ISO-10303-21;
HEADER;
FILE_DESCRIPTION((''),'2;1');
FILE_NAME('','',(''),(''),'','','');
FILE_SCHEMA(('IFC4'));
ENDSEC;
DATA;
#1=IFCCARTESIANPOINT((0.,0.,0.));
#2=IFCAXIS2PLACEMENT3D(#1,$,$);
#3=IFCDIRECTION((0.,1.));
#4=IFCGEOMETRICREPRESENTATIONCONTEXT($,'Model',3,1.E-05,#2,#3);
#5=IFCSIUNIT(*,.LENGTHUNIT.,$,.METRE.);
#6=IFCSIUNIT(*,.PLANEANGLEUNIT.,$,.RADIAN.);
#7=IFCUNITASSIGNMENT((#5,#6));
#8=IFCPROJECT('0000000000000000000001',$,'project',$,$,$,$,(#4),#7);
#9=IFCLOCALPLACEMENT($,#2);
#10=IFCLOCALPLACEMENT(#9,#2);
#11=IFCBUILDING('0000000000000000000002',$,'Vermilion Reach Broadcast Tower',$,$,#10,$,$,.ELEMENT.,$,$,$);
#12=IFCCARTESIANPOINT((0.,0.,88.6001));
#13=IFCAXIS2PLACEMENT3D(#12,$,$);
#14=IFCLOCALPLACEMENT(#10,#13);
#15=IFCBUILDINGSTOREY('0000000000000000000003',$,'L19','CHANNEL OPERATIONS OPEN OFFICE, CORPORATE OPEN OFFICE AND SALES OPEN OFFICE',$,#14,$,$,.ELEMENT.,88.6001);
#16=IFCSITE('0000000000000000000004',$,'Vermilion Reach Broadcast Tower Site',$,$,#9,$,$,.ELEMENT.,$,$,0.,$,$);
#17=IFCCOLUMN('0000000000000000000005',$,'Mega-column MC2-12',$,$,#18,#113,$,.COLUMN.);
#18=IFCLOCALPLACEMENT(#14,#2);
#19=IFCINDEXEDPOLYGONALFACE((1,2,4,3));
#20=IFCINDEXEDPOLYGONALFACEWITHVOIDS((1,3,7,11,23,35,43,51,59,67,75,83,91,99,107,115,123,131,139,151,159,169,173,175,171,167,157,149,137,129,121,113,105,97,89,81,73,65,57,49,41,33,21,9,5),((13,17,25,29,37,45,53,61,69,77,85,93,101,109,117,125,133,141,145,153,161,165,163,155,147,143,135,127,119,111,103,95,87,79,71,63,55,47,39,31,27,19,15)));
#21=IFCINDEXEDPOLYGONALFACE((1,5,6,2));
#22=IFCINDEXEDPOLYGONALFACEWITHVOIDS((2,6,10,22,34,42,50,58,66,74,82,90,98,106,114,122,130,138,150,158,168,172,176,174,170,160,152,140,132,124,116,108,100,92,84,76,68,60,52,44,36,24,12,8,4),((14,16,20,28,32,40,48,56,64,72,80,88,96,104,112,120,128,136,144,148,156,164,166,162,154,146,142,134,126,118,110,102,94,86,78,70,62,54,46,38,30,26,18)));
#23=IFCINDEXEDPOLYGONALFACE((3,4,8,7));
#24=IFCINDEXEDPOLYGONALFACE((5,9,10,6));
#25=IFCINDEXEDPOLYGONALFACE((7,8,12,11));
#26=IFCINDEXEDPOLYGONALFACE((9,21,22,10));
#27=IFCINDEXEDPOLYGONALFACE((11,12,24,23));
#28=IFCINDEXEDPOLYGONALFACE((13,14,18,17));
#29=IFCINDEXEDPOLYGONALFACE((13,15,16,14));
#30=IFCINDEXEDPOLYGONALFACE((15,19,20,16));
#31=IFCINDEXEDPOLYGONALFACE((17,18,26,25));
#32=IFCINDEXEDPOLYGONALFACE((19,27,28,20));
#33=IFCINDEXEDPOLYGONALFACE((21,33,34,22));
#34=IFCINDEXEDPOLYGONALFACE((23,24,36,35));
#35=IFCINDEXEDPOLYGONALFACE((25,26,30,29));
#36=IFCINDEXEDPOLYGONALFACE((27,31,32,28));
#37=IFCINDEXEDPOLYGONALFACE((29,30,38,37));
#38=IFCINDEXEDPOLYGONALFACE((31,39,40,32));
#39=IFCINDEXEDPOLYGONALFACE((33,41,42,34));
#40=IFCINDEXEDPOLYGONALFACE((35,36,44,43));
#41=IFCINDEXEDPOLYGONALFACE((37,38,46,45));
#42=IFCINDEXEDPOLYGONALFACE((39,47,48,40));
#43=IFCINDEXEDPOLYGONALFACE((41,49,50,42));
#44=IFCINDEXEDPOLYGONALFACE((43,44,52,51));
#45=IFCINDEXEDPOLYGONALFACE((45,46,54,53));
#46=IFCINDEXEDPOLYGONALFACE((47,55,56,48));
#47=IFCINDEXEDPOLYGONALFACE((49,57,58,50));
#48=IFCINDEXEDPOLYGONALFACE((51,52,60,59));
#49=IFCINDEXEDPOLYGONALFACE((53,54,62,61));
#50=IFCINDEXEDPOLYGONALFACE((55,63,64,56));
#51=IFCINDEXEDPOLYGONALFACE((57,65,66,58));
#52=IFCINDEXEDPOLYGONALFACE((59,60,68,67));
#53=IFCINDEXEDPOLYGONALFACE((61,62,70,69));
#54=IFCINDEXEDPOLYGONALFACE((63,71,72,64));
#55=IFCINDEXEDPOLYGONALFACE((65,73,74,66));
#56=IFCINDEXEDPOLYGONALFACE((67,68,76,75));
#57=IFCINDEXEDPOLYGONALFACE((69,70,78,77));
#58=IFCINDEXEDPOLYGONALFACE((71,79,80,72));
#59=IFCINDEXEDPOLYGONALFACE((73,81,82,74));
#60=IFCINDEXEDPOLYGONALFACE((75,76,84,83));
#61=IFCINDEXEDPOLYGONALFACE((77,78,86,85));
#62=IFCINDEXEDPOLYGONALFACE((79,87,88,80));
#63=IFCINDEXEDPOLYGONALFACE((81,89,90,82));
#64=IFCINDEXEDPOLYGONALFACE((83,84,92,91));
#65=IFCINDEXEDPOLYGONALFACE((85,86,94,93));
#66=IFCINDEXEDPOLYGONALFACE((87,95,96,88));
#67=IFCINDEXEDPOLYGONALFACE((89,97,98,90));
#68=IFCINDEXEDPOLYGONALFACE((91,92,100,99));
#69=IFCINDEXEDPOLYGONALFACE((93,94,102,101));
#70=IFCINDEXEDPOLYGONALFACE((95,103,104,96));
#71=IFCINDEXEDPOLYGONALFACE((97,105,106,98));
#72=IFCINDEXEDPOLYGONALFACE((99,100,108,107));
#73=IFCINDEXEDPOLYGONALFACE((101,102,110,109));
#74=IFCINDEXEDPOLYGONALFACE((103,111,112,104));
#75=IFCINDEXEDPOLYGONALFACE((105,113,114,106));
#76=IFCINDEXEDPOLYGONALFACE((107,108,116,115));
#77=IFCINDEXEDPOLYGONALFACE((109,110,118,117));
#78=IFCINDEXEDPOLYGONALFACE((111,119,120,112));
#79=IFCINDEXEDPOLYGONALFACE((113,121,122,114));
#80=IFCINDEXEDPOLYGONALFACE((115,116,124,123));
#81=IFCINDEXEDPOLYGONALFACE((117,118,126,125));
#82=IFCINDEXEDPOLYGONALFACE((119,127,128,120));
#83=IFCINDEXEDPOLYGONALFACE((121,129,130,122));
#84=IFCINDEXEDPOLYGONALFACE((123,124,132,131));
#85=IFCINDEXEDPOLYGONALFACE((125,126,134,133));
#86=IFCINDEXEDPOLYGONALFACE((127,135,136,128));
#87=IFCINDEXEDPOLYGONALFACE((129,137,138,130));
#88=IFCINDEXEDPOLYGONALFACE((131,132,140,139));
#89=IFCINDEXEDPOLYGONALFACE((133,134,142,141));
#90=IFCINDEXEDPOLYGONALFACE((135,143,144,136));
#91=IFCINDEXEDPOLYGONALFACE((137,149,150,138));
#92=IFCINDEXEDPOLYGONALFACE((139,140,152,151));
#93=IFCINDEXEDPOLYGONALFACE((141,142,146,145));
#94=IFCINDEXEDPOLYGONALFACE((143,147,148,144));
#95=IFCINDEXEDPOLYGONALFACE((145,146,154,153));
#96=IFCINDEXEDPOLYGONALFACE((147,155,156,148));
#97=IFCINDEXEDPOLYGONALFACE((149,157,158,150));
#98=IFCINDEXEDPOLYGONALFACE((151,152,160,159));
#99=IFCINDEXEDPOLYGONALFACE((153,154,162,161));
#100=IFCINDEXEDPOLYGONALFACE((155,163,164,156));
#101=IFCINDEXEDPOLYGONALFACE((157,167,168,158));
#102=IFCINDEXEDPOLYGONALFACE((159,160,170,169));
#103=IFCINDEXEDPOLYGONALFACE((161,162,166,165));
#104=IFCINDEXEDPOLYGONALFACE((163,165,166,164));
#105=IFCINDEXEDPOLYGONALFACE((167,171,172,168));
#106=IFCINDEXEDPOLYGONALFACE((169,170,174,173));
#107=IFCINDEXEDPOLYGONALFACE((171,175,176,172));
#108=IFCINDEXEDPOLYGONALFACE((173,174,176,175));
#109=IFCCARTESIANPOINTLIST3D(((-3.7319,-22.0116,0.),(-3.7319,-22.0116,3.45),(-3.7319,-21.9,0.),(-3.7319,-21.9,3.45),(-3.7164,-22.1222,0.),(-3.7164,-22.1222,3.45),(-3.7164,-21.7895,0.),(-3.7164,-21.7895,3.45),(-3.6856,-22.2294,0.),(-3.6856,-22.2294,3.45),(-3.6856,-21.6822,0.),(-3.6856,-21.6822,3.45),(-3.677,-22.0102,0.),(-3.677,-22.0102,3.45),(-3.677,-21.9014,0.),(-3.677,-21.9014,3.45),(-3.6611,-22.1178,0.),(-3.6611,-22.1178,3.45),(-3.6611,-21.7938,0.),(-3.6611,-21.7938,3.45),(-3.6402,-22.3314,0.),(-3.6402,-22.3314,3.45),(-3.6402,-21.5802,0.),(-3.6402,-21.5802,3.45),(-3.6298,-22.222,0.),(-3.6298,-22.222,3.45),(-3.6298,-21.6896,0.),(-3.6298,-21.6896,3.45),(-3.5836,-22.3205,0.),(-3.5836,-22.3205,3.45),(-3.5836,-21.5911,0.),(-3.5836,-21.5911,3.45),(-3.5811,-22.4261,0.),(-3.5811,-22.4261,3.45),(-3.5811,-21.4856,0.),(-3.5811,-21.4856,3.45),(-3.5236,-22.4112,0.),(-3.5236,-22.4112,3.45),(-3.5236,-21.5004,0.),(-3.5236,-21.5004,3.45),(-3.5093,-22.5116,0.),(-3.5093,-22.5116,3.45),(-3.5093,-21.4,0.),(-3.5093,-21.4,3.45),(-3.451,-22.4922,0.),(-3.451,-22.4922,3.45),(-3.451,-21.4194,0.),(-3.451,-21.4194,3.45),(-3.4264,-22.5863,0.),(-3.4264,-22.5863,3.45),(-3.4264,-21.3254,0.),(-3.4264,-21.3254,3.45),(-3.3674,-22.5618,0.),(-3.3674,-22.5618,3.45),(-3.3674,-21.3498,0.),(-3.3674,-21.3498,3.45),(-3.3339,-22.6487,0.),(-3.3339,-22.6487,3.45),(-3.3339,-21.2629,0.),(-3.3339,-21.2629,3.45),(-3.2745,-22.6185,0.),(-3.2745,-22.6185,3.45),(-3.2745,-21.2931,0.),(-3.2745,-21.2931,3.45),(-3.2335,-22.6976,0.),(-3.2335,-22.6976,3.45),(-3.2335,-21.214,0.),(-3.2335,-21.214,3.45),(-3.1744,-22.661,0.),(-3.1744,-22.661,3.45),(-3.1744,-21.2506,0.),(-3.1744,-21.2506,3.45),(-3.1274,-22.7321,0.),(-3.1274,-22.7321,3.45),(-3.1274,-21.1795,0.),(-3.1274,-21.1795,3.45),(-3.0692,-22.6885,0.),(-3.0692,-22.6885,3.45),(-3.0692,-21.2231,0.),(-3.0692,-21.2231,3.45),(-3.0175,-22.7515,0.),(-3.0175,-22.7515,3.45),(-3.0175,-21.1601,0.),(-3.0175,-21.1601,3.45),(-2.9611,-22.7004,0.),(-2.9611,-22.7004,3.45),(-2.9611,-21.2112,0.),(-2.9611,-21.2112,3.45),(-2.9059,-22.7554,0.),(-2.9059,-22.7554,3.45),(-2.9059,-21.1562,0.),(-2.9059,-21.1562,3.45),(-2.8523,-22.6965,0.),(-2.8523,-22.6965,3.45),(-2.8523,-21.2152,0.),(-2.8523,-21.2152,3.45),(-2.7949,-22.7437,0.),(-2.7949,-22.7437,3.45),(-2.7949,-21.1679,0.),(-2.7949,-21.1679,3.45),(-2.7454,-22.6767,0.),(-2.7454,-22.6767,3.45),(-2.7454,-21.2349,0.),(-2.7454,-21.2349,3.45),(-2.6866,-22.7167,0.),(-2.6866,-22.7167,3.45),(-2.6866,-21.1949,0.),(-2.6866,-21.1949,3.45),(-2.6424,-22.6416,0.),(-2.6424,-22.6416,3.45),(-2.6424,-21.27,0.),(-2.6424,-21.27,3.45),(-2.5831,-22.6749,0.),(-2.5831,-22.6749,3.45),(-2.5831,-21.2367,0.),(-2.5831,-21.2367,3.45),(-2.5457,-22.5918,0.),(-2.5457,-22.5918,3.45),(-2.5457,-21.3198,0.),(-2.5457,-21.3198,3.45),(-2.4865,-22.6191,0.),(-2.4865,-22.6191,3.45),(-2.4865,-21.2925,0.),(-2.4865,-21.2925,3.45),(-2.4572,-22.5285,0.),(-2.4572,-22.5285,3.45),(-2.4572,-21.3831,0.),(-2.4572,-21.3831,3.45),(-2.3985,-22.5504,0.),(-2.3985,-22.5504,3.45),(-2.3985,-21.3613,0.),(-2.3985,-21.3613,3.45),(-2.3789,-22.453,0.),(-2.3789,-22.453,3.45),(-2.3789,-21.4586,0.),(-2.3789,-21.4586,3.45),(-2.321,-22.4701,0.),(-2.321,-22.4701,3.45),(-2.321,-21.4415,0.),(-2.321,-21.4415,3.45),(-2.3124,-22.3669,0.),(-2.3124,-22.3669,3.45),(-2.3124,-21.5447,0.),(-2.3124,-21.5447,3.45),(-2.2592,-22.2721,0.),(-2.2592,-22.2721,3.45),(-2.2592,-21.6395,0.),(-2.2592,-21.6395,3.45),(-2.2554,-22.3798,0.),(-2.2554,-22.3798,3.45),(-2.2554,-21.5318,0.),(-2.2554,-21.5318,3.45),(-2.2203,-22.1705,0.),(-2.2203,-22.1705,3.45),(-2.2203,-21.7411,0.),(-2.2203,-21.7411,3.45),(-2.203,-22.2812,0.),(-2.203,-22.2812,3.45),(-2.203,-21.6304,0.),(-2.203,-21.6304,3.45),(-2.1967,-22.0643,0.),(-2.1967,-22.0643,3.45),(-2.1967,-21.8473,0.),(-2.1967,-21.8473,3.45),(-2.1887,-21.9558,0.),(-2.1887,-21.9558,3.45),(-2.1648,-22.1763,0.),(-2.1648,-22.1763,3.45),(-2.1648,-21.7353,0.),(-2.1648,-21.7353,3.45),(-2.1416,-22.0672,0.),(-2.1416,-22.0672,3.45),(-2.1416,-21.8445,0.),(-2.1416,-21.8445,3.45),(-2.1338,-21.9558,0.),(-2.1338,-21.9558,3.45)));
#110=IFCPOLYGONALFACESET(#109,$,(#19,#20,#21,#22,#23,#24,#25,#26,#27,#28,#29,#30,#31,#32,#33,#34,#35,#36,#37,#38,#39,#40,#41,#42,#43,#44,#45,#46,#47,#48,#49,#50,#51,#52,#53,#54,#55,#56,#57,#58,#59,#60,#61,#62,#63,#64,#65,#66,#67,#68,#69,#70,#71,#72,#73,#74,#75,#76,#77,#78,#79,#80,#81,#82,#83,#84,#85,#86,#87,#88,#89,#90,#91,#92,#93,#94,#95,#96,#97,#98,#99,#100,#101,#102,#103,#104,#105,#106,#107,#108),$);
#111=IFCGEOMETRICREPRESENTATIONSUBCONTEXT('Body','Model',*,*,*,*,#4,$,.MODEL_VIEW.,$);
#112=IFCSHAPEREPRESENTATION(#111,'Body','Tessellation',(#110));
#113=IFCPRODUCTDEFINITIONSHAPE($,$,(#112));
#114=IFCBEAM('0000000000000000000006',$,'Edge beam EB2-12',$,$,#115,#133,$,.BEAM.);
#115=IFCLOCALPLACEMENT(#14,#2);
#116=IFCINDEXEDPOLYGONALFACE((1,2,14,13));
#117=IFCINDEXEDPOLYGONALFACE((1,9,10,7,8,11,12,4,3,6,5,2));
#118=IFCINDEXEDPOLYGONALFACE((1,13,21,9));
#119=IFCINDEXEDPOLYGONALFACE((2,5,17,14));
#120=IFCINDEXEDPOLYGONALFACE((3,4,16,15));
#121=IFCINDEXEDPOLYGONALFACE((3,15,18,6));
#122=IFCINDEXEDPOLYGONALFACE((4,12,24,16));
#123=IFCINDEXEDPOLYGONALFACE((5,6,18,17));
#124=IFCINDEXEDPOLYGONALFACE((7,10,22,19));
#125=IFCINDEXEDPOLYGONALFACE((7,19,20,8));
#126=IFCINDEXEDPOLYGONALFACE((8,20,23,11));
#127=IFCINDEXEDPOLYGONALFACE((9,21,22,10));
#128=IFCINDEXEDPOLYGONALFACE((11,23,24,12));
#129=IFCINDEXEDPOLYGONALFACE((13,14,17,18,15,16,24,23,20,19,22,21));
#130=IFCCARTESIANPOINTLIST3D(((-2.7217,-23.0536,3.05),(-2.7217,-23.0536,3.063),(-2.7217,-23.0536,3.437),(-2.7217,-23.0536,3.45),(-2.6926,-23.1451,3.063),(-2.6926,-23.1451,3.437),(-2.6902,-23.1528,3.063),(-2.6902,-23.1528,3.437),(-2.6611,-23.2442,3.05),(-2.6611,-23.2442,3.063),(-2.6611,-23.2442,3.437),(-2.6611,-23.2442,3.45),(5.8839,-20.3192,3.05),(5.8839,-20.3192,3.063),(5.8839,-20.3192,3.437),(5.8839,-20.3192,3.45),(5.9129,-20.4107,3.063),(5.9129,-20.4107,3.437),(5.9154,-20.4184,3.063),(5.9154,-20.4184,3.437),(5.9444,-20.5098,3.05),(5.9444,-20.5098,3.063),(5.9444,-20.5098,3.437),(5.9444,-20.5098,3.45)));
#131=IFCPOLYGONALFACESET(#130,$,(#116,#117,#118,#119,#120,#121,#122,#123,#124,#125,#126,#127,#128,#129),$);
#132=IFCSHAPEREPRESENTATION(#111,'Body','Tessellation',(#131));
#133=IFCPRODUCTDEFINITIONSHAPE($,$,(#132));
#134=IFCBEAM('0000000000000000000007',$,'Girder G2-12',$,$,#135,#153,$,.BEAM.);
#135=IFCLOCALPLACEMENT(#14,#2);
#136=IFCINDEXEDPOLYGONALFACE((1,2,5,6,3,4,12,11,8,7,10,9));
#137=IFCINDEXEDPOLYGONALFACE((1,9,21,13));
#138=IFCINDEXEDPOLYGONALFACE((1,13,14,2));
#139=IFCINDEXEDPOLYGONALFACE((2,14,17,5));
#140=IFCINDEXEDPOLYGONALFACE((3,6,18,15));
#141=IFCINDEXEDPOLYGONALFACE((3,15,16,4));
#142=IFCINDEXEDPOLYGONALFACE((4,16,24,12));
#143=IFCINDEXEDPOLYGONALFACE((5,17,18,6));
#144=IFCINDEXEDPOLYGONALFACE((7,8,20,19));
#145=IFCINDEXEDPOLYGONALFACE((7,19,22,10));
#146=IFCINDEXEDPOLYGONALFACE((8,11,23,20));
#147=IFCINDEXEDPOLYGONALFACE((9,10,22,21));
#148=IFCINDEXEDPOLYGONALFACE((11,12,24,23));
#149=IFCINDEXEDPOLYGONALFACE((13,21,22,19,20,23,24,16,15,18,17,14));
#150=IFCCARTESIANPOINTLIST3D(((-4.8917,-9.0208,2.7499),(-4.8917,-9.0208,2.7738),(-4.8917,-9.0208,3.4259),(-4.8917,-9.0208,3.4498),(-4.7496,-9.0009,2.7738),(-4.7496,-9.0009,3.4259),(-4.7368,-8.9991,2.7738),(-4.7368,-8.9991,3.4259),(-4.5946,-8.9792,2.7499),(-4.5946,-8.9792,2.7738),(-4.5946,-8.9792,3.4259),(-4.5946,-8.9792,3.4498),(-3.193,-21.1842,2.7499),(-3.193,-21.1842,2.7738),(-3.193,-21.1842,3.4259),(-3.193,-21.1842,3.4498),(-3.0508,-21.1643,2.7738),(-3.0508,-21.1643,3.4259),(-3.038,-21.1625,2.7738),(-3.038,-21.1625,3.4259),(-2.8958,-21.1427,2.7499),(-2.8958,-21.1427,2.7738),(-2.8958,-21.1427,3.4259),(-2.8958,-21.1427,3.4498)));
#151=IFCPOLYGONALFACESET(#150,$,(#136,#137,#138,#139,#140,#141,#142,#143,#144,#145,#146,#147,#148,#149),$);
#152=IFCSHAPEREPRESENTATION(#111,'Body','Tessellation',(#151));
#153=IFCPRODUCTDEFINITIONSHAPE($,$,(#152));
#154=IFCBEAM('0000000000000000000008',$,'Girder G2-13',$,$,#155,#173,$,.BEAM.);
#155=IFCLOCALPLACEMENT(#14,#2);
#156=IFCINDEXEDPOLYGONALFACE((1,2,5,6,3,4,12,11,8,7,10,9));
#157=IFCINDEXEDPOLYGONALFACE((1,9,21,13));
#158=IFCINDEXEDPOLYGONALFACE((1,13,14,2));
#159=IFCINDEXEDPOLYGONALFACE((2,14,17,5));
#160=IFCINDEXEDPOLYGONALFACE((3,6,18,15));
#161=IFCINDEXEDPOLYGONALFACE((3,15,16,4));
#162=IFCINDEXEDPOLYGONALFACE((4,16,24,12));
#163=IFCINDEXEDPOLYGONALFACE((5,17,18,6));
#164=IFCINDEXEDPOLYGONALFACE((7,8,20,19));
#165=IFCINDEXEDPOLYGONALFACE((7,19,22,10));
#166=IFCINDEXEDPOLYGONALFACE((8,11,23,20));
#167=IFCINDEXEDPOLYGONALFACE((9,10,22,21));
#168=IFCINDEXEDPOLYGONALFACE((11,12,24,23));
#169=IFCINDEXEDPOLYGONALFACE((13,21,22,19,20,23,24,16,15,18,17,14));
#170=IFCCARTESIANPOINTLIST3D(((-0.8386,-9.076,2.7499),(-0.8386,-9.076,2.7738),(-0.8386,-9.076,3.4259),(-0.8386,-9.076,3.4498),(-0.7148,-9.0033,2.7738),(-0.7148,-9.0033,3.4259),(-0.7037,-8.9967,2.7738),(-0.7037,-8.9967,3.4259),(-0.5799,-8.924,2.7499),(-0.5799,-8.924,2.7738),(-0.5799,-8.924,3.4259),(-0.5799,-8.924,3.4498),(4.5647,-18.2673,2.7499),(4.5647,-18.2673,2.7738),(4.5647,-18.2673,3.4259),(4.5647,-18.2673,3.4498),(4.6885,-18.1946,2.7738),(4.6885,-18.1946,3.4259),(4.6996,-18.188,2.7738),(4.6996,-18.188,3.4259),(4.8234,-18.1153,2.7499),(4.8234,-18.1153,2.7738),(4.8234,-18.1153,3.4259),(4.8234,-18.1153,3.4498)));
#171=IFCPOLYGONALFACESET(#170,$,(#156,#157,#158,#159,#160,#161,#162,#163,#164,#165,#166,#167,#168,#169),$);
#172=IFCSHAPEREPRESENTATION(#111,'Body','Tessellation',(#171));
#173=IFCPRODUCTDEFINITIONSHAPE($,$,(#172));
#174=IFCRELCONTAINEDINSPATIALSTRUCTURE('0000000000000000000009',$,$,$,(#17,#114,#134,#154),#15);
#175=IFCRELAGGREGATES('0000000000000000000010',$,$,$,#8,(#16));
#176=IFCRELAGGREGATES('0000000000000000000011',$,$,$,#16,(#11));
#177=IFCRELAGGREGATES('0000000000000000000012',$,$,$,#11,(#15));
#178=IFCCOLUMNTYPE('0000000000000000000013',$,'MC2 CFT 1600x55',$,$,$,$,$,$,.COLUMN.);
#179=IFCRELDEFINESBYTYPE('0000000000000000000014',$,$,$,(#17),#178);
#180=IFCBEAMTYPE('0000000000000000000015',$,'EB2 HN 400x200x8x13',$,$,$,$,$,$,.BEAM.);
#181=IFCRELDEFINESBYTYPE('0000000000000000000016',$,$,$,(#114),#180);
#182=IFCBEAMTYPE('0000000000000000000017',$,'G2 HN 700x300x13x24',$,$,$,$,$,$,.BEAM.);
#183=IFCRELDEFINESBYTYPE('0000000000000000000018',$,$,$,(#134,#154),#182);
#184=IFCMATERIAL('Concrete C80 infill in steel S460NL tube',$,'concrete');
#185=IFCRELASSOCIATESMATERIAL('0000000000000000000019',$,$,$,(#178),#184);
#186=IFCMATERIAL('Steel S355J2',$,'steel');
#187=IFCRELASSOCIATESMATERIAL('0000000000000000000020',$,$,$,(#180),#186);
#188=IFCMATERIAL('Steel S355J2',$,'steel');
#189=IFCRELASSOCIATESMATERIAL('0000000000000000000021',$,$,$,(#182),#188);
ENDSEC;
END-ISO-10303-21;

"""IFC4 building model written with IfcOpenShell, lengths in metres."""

from ifc_helpers import new_model, si_unit, direction, frame, origin, origin_2d, place, context, subcontext, project, spatial, hollow_circle, i_section, extrude, material, material_profile, profile_set, type_object, element, save


model = new_model("IFC4")

# Units and contexts
model_context = context("Model", 3, precision=1e-05, world=origin(), true_north=direction((0.0, 1.0)))
body_context = subcontext(model_context, "Body", "Model", "MODEL_VIEW")
ifc_project = project(units=[si_unit("LENGTHUNIT", "METRE"), si_unit("PLANEANGLEUNIT", "RADIAN")], contexts=[model_context])

# Site, building, storey
site_placement = place(None, origin())
site = spatial("IfcSite", under=ifc_project, at=site_placement, Name="Vermilion Reach Broadcast Tower Site", CompositionType="ELEMENT", RefElevation=0.0)
building_placement = place(site_placement, origin())
building = spatial("IfcBuilding", under=site, at=building_placement, Name="Vermilion Reach Broadcast Tower", CompositionType="ELEMENT")
storey_placement = place(building_placement, frame((0.0, 0.0, 88.6001)))
storey = spatial("IfcBuildingStorey", under=building, at=storey_placement, Name="L19", Description="CHANNEL OPERATIONS OPEN OFFICE, CORPORATE OPEN OFFICE AND SALES OPEN OFFICE", CompositionType="ELEMENT", Elevation=88.6001)

# Column
ifc_material_1 = material(Name="Concrete C80 infill in steel S460NL tube", Category="concrete")
ifc_material_profile_1 = material_profile(ifc_material_1, hollow_circle(Radius=0.8, WallThickness=0.0549, at=origin_2d()), Name="Concrete C80 infill in steel S460NL tube CFT 1600x55")
ifc_profile_set_1 = profile_set([ifc_material_profile_1], Name="Concrete C80 infill in steel S460NL tube")
column_type = type_object("IfcColumnType", Name="MC2 CFT 1600x55", PredefinedType="COLUMN", material=ifc_profile_set_1)
column_placement = place(storey_placement, frame((-2.9338, -21.9558, 0.0), z_axis=(0.0, 0.0, 1.0), x_axis=(1.0, 0.0, 0.0)))
element("IfcColumn", 1, at=column_placement, inside=storey, type_object=column_type, Name="Mega-column MC2-12", PredefinedType="COLUMN", context=body_context, shape_type="SweptSolid", body=[
    extrude(hollow_circle(Radius=0.8, WallThickness=0.0549, at=origin_2d()), origin(), (0.0, 0.0, 1.0), 3.45),
])

# Beams
ifc_material_2 = material(Name="Steel S355J2", Category="steel")
ifc_material_profile_2 = material_profile(ifc_material_2, i_section(OverallWidth=0.2, OverallDepth=0.3999, WebThickness=0.0081, FlangeThickness=0.0129, at=origin_2d()), Name="S355J2 HN 400x200x8x13")
ifc_profile_set_2 = profile_set([ifc_material_profile_2], Name="Steel S355J2")
beam_type_1 = type_object("IfcBeamType", Name="EB2 HN 400x200x8x13", PredefinedType="BEAM", material=ifc_profile_set_2)
beam_1_placement = place(storey_placement, frame((-2.6914, -23.1489, 3.25), z_axis=(0.953045, 0.302829, 0.0), x_axis=(-0.302829, 0.953045, 0.0)))
element("IfcBeam", 2, at=beam_1_placement, inside=storey, type_object=beam_type_1, Name="Edge beam EB2-12", PredefinedType="BEAM", context=body_context, shape_type="SweptSolid", body=[
    extrude(i_section(OverallWidth=0.2, OverallDepth=0.3999, WebThickness=0.0081, FlangeThickness=0.0129, at=origin_2d()), origin(), (0.0, 0.0, 1.0), 9.0295),
])
ifc_material_3 = material(Name="Steel S355J2", Category="steel")
ifc_material_profile_3 = material_profile(ifc_material_3, i_section(OverallWidth=0.3, OverallDepth=0.7, WebThickness=0.0129, FlangeThickness=0.0239, at=origin_2d()), Name="S355J2 HN 700x300x13x24")
ifc_profile_set_3 = profile_set([ifc_material_profile_3], Name="Steel S355J2")
beam_type_2 = type_object("IfcBeamType", Name="G2 HN 700x300x13x24", PredefinedType="BEAM", material=ifc_profile_set_3)
beam_2_placement = place(storey_placement, frame((-4.7432, -9.0, 3.0999), z_axis=(0.138318, -0.990388, 0.0), x_axis=(0.990388, 0.138318, 0.0)))
element("IfcBeam", 3, at=beam_2_placement, inside=storey, type_object=beam_type_2, Name="Girder G2-12", PredefinedType="BEAM", context=body_context, shape_type="SweptSolid", body=[
    extrude(i_section(OverallWidth=0.3, OverallDepth=0.7, WebThickness=0.0129, FlangeThickness=0.0239, at=origin_2d()), origin(), (0.0, 0.0, 1.0), 12.2815),
])
beam_3_placement = place(storey_placement, frame((-0.7092, -9.0, 3.0999), z_axis=(0.506784, -0.862073, 0.0), x_axis=(0.862073, 0.506784, 0.0)))
element("IfcBeam", 4, at=beam_3_placement, inside=storey, type_object=beam_type_2, Name="Girder G2-13", PredefinedType="BEAM", context=body_context, shape_type="SweptSolid", body=[
    extrude(i_section(OverallWidth=0.3, OverallDepth=0.7, WebThickness=0.0129, FlangeThickness=0.0239, at=origin_2d()), origin(), (0.0, 0.0, 1.0), 10.6619),
])

save(model, "model.ifc")
